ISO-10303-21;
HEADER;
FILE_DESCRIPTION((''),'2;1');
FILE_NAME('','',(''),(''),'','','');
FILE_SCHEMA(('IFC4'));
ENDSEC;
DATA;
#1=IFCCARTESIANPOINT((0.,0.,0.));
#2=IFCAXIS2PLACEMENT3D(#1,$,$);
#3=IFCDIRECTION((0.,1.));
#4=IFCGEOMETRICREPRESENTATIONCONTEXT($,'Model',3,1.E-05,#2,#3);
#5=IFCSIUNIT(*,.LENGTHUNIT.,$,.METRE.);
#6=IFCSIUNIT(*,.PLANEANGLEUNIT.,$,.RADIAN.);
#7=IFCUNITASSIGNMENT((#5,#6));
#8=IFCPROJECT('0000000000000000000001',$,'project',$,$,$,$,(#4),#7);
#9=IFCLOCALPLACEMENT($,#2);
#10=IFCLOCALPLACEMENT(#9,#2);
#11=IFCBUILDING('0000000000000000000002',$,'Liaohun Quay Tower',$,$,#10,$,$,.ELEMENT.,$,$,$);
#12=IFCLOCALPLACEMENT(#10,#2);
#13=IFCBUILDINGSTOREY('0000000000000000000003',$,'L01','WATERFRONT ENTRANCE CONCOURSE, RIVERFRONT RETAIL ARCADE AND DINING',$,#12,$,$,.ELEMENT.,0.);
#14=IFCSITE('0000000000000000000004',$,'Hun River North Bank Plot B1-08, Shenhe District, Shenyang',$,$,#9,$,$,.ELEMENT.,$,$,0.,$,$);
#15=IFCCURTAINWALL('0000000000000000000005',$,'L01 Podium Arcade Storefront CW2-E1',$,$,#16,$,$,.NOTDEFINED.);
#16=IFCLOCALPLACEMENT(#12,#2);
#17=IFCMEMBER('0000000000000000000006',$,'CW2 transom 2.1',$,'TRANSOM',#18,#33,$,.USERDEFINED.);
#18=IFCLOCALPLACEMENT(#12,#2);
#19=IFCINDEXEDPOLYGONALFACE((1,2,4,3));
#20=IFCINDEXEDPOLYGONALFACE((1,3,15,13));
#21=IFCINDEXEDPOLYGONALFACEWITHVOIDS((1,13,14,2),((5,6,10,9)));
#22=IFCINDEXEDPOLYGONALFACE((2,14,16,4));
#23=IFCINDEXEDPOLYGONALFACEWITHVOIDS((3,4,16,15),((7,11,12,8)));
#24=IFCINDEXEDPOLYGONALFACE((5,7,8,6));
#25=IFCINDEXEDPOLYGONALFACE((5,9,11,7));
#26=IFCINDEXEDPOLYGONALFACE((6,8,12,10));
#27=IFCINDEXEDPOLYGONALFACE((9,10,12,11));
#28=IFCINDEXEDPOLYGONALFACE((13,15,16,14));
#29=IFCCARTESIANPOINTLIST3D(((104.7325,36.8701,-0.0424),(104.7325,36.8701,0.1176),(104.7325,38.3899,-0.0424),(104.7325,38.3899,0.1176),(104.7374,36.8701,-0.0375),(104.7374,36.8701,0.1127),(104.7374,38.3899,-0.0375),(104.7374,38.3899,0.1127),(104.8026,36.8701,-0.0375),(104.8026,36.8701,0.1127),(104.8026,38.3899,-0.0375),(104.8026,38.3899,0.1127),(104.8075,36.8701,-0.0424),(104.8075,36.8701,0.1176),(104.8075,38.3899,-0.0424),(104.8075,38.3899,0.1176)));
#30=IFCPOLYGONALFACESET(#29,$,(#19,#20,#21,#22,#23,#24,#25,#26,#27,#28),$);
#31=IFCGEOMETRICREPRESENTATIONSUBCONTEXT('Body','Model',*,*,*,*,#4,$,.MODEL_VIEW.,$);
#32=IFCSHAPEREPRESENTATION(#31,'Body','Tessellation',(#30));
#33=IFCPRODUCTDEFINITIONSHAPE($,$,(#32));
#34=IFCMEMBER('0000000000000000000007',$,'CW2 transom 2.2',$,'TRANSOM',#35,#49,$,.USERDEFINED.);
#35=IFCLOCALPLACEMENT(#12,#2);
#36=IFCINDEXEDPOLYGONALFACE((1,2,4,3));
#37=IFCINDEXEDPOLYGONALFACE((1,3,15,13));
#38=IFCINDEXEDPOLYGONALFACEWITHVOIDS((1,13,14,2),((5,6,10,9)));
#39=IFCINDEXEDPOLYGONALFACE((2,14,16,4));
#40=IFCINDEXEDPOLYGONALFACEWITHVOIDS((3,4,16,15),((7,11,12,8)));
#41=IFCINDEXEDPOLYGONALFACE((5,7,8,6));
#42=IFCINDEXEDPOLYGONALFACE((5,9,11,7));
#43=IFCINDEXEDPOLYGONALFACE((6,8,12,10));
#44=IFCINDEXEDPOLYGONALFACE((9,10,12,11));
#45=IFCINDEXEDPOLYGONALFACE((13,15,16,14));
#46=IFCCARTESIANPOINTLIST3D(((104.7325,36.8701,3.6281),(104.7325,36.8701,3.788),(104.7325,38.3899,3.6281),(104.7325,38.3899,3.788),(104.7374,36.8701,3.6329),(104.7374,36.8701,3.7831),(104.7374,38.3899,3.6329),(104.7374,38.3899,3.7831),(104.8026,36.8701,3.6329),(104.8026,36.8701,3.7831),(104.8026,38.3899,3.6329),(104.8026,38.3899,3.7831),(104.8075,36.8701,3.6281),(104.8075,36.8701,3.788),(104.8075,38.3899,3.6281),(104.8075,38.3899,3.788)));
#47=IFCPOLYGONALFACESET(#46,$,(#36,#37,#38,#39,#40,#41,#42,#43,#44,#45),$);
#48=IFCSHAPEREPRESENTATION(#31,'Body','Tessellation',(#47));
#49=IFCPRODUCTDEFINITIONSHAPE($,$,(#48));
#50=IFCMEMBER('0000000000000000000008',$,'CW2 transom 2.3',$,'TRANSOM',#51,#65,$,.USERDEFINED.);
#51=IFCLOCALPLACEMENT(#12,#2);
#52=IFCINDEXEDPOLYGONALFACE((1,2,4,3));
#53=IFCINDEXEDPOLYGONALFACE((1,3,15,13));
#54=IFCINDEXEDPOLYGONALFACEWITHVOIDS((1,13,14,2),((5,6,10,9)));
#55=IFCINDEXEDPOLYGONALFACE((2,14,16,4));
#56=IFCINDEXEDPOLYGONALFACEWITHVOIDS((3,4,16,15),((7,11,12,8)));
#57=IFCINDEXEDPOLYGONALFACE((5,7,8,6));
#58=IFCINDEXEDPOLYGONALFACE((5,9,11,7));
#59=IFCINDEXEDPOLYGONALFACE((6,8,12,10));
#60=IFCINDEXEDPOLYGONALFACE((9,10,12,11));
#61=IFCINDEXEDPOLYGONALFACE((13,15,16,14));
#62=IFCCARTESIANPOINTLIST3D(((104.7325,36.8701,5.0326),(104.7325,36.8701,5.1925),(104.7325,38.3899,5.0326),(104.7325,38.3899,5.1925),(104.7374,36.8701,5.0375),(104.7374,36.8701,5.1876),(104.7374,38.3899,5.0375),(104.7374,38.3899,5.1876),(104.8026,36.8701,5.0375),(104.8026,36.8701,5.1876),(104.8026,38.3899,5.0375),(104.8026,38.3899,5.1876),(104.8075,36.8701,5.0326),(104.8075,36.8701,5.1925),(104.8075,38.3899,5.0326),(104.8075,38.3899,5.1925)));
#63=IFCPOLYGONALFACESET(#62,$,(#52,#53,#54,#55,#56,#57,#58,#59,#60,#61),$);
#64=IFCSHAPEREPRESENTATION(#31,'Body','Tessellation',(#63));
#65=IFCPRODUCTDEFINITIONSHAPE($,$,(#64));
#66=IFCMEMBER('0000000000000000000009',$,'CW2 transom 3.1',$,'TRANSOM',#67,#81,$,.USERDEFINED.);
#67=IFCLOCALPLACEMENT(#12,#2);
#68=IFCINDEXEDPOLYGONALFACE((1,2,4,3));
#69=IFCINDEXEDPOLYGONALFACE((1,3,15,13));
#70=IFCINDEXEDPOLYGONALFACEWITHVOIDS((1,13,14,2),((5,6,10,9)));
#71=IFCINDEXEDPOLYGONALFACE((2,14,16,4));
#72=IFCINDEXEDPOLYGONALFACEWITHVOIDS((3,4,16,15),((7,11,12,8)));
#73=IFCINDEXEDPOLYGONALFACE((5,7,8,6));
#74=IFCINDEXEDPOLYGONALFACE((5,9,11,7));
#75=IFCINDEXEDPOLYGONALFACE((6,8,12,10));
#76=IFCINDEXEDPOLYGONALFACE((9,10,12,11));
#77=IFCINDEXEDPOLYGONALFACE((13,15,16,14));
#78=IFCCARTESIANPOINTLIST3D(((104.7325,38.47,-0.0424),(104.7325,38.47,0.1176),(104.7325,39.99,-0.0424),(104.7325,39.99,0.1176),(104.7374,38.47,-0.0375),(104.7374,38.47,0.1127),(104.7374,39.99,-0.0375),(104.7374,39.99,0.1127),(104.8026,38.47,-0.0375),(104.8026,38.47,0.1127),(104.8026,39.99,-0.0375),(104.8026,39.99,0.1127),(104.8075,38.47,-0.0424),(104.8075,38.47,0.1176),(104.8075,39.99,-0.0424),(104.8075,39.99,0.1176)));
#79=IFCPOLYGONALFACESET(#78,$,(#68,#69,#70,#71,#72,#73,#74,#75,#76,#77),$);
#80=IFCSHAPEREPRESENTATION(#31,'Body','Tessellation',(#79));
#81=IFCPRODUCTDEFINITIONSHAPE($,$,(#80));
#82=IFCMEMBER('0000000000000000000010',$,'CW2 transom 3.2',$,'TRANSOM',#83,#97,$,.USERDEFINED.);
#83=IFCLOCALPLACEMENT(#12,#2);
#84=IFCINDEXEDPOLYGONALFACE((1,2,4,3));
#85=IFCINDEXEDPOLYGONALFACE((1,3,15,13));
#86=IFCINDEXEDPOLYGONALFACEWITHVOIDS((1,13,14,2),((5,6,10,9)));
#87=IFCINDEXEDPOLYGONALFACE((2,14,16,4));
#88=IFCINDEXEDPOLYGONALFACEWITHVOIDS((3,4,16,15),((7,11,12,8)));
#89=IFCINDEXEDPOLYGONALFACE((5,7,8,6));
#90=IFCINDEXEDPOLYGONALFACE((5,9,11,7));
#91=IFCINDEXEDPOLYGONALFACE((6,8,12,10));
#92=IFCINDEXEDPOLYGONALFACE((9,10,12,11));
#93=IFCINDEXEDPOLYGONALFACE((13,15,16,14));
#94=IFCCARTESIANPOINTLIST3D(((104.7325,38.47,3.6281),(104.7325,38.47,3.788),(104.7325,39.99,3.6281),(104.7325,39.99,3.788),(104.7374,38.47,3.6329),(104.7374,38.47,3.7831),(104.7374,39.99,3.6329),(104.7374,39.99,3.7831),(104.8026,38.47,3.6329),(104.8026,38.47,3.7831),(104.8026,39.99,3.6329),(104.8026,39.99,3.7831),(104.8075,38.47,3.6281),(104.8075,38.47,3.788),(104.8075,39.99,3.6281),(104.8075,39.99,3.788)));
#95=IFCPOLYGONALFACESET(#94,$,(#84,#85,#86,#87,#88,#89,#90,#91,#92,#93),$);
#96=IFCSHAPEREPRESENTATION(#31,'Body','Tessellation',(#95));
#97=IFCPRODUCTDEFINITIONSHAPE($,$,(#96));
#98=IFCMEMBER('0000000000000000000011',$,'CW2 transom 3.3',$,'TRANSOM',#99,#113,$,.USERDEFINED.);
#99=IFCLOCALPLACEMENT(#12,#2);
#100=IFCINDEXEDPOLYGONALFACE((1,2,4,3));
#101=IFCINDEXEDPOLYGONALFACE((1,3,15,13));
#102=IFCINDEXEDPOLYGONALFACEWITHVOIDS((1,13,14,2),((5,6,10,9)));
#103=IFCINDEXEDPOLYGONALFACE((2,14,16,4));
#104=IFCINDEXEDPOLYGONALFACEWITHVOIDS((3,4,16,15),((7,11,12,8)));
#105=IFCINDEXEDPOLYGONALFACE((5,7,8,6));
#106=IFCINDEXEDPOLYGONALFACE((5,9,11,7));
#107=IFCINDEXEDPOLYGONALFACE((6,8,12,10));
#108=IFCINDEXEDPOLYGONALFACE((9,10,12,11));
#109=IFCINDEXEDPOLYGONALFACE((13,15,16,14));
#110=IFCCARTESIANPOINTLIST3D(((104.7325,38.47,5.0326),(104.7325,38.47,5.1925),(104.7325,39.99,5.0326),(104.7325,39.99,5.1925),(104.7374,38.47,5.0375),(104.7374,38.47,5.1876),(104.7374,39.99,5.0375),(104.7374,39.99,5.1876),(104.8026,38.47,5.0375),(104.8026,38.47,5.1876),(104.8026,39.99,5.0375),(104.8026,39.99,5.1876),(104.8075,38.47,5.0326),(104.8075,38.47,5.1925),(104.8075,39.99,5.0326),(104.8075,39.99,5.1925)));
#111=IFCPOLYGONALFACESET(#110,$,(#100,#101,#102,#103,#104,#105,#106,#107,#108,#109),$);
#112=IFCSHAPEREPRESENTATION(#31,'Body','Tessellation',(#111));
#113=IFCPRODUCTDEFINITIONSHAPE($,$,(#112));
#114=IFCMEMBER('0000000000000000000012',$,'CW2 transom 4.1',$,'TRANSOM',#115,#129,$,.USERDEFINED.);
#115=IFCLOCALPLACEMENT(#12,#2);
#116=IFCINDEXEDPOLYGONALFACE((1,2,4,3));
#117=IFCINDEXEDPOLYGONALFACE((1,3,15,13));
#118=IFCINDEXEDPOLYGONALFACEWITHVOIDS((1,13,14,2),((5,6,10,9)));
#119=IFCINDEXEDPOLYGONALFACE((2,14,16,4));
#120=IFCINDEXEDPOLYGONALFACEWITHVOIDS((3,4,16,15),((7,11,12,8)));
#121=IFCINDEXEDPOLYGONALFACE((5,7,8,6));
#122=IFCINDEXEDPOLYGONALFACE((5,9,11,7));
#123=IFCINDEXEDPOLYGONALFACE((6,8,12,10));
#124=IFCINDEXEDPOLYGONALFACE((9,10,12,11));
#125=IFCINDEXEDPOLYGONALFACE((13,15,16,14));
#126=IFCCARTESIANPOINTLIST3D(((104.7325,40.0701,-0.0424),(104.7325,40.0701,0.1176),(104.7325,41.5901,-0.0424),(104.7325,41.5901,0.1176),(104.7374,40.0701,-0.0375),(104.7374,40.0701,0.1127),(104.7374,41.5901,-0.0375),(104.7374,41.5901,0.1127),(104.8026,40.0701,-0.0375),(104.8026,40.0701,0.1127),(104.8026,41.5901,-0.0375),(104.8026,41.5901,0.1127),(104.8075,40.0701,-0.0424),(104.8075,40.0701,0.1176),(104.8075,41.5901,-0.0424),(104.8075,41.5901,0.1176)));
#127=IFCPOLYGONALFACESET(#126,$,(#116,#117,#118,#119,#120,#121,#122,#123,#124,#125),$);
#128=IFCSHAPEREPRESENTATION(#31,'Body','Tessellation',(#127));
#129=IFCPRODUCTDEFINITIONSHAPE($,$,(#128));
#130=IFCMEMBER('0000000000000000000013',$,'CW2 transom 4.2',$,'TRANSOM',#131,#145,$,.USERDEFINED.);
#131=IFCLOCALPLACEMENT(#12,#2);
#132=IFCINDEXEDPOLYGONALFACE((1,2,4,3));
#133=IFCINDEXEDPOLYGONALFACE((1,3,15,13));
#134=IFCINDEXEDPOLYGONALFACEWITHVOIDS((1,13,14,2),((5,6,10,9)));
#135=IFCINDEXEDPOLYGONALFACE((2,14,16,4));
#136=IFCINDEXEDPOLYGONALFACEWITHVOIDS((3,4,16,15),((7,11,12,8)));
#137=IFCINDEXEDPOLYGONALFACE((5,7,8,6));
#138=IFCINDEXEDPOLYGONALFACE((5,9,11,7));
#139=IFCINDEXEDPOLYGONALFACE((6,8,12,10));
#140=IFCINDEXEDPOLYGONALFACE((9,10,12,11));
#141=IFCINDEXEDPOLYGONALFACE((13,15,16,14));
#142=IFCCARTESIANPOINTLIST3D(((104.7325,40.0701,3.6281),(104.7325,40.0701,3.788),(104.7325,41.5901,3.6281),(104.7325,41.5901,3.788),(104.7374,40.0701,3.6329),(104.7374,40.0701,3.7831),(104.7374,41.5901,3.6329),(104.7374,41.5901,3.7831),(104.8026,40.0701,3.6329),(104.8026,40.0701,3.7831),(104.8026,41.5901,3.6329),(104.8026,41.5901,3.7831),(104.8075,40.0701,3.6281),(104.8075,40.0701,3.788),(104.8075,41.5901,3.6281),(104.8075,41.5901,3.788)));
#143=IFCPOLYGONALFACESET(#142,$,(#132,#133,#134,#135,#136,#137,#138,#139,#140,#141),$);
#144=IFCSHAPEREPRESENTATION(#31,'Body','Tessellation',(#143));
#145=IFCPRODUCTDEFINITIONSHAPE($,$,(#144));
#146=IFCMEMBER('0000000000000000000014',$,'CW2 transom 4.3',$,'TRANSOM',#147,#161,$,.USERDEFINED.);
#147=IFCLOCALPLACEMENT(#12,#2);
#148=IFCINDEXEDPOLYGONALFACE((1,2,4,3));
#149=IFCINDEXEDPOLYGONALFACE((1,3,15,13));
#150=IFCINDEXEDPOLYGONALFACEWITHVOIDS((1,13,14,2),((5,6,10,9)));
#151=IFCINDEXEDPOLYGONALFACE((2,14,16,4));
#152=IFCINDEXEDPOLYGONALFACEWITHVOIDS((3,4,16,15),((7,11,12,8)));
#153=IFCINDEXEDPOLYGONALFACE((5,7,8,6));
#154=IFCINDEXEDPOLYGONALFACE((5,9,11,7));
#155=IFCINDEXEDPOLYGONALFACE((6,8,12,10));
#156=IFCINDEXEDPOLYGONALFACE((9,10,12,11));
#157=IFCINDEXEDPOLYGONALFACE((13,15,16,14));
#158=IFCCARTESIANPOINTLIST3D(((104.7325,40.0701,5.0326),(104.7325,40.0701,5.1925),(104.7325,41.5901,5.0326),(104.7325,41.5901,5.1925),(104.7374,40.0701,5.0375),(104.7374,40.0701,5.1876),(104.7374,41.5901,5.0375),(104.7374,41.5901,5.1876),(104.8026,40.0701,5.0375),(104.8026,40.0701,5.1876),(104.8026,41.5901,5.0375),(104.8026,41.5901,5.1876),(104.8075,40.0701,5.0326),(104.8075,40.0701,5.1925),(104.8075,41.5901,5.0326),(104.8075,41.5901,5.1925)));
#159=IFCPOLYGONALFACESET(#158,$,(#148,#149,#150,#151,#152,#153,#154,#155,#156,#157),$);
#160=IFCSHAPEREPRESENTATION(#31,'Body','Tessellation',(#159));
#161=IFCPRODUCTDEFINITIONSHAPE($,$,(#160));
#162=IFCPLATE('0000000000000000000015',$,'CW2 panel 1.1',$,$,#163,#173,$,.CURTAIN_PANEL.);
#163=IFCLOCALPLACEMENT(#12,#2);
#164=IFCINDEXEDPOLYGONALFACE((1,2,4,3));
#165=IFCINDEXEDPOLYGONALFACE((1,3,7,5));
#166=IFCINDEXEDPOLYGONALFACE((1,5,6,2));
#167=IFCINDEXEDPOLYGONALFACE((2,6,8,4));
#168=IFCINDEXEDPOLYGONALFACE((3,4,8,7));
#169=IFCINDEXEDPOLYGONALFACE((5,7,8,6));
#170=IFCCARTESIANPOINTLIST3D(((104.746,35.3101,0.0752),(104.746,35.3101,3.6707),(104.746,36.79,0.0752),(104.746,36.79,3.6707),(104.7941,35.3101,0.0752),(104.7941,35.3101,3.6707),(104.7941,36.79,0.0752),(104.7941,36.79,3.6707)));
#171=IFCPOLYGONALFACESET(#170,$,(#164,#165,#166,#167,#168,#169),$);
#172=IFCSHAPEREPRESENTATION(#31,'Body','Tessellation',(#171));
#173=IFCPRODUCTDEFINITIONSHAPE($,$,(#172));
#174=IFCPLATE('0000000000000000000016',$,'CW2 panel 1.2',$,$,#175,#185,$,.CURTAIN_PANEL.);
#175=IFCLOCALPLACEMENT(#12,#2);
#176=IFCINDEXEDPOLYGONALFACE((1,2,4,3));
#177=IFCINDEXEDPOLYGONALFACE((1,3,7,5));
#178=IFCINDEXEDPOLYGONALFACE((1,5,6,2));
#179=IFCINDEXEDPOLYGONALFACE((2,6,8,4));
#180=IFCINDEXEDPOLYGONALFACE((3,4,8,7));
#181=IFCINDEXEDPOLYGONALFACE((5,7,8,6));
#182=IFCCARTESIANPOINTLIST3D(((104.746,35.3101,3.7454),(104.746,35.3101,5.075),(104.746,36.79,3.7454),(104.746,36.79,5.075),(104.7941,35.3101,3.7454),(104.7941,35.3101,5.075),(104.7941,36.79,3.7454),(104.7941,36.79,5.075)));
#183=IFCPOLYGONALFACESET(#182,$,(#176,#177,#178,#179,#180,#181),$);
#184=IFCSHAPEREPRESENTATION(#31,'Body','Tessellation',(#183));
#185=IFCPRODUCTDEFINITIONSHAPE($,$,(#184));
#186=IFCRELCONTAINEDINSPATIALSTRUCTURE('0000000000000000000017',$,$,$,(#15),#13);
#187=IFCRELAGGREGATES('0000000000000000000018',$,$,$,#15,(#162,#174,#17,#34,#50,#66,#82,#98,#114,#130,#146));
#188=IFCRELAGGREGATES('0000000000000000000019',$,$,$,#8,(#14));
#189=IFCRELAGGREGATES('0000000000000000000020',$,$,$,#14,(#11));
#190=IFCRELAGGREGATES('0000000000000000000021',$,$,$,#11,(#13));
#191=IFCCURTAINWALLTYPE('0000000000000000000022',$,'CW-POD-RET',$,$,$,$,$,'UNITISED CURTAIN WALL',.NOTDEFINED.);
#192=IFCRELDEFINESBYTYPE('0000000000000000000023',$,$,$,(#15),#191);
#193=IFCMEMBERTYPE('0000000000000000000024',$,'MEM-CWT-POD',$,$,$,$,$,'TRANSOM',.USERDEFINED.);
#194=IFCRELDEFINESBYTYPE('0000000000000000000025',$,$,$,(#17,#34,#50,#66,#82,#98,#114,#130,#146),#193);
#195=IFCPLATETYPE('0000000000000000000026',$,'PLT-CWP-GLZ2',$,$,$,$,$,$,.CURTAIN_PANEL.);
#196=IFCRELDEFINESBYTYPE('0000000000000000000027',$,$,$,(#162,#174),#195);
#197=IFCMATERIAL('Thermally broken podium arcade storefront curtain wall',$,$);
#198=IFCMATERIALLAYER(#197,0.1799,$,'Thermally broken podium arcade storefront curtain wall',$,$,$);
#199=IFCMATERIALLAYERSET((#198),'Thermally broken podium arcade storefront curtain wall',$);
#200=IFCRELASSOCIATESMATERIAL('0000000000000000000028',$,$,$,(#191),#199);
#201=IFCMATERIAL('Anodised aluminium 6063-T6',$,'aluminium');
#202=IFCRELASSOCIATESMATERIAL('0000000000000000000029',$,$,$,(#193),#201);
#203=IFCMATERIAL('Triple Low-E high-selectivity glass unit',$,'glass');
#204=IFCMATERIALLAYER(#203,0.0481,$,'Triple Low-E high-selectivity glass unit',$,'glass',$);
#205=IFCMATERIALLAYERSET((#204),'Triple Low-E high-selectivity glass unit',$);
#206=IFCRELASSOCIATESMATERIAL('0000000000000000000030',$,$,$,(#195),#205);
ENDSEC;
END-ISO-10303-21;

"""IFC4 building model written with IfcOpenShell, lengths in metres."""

from ifc_helpers import new_model, si_unit, direction, frame, origin, origin_2d, place, context, subcontext, project, spatial, rectangle, hollow_rectangle, extrude, source, transform, mapped, material, layer, layer_set, material_profile, profile_set, type_object, element, aggregate, save


model = new_model("IFC4")

# Units and contexts
model_context = context("Model", 3, precision=1e-05, world=origin(), true_north=direction((0.0, 1.0)))
body_context = subcontext(model_context, "Body", "Model", "MODEL_VIEW")
ifc_project = project(units=[si_unit("LENGTHUNIT", "METRE"), si_unit("PLANEANGLEUNIT", "RADIAN")], contexts=[model_context])

# Site, building, storey
site_placement = place(None, origin())
site = spatial("IfcSite", under=ifc_project, at=site_placement, Name="Hun River North Bank Plot B1-08, Shenhe District, Shenyang", CompositionType="ELEMENT", RefElevation=0.0)
building_placement = place(site_placement, origin())
building = spatial("IfcBuilding", under=site, at=building_placement, Name="Liaohun Quay Tower", CompositionType="ELEMENT")
storey_placement = place(building_placement, origin())
storey = spatial("IfcBuildingStorey", under=building, at=storey_placement, Name="L01", Description="WATERFRONT ENTRANCE CONCOURSE, RIVERFRONT RETAIL ARCADE AND DINING", CompositionType="ELEMENT", Elevation=0.0)

# Curtain wall, members, plates
ifc_material_1 = material(Name="Thermally broken podium arcade storefront curtain wall")
ifc_layer_1 = layer(ifc_material_1, 0.1799, Name="Thermally broken podium arcade storefront curtain wall")
ifc_layer_set_1 = layer_set([ifc_layer_1], Name="Thermally broken podium arcade storefront curtain wall")
curtain_wall_type = type_object("IfcCurtainWallType", Name="CW-POD-RET", ElementType="UNITISED CURTAIN WALL", PredefinedType="NOTDEFINED", material=ifc_layer_set_1)
curtain_wall_placement = place(storey_placement, origin())
curtain_wall = element("IfcCurtainWall", 1, at=curtain_wall_placement, inside=storey, type_object=curtain_wall_type, Name="L01 Podium Arcade Storefront CW2-E1", PredefinedType="NOTDEFINED")
ifc_material_2 = material(Name="Anodised aluminium 6063-T6", Category="aluminium")
ifc_material_profile_1 = material_profile(ifc_material_2, hollow_rectangle(XDim=0.075, YDim=0.1599, WallThickness=0.0049, at=origin_2d()), Name="RHS160x75x5")
ifc_profile_set_1 = profile_set([ifc_material_profile_1], Name="Anodised aluminium 6063-T6")
member_type_1 = type_object("IfcMemberType", Name="MEM-CWT-POD", ElementType="TRANSOM", PredefinedType="USERDEFINED", material=ifc_profile_set_1)
shared_shape_1 = source(origin(), body_context, "Body", "SweptSolid", [
    extrude(hollow_rectangle(XDim=0.075, YDim=0.1599, WallThickness=0.0049, at=origin_2d()), origin(), (0.0, 0.0, 1.0), 1.5198),
])
member_1_placement = place(storey_placement, frame((104.77, 36.8701, 0.0376), z_axis=(0.0, 1.0, 0.0), x_axis=(-1.0, 0.0, 0.0)))
member_1 = element("IfcMember", 2, at=member_1_placement, type_object=member_type_1, Name="CW2 transom 2.1", ObjectType="TRANSOM", PredefinedType="USERDEFINED", context=body_context, shape_type="MappedRepresentation", body=[
    mapped(shared_shape_1, transform((0.0, 0.0, 0.0), x_axis=(1.0, 0.0, 0.0), y_axis=(0.0, 1.0, 0.0), z_axis=(0.0, 0.0, 1.0), scale=1.0)),
])
member_2_placement = place(storey_placement, frame((104.77, 36.8701, 3.708), z_axis=(0.0, 1.0, 0.0), x_axis=(-1.0, 0.0, 0.0)))
member_2 = element("IfcMember", 3, at=member_2_placement, type_object=member_type_1, Name="CW2 transom 2.2", ObjectType="TRANSOM", PredefinedType="USERDEFINED", context=body_context, shape_type="MappedRepresentation", body=[
    mapped(shared_shape_1, transform((0.0, 0.0, 0.0), x_axis=(1.0, 0.0, 0.0), y_axis=(0.0, 1.0, 0.0), z_axis=(0.0, 0.0, 1.0), scale=1.0)),
])
member_3_placement = place(storey_placement, frame((104.77, 36.8701, 5.1125), z_axis=(0.0, 1.0, 0.0), x_axis=(-1.0, 0.0, 0.0)))
member_3 = element("IfcMember", 4, at=member_3_placement, type_object=member_type_1, Name="CW2 transom 2.3", ObjectType="TRANSOM", PredefinedType="USERDEFINED", context=body_context, shape_type="MappedRepresentation", body=[
    mapped(shared_shape_1, transform((0.0, 0.0, 0.0), x_axis=(1.0, 0.0, 0.0), y_axis=(0.0, 1.0, 0.0), z_axis=(0.0, 0.0, 1.0), scale=1.0)),
])
shared_shape_2 = source(origin(), body_context, "Body", "SweptSolid", [
    extrude(hollow_rectangle(XDim=0.075, YDim=0.1599, WallThickness=0.0049, at=origin_2d()), origin(), (0.0, 0.0, 1.0), 1.52),
])
member_4_placement = place(storey_placement, frame((104.77, 38.47, 0.0376), z_axis=(0.0, 1.0, 0.0), x_axis=(-1.0, 0.0, 0.0)))
member_4 = element("IfcMember", 5, at=member_4_placement, type_object=member_type_1, Name="CW2 transom 3.1", ObjectType="TRANSOM", PredefinedType="USERDEFINED", context=body_context, shape_type="MappedRepresentation", body=[
    mapped(shared_shape_2, transform((0.0, 0.0, 0.0), x_axis=(1.0, 0.0, 0.0), y_axis=(0.0, 1.0, 0.0), z_axis=(0.0, 0.0, 1.0), scale=1.0)),
])
member_5_placement = place(storey_placement, frame((104.77, 38.47, 3.708), z_axis=(0.0, 1.0, 0.0), x_axis=(-1.0, 0.0, 0.0)))
member_5 = element("IfcMember", 6, at=member_5_placement, type_object=member_type_1, Name="CW2 transom 3.2", ObjectType="TRANSOM", PredefinedType="USERDEFINED", context=body_context, shape_type="MappedRepresentation", body=[
    mapped(shared_shape_2, transform((0.0, 0.0, 0.0), x_axis=(1.0, 0.0, 0.0), y_axis=(0.0, 1.0, 0.0), z_axis=(0.0, 0.0, 1.0), scale=1.0)),
])
member_6_placement = place(storey_placement, frame((104.77, 38.47, 5.1125), z_axis=(0.0, 1.0, 0.0), x_axis=(-1.0, 0.0, 0.0)))
member_6 = element("IfcMember", 7, at=member_6_placement, type_object=member_type_1, Name="CW2 transom 3.3", ObjectType="TRANSOM", PredefinedType="USERDEFINED", context=body_context, shape_type="MappedRepresentation", body=[
    mapped(shared_shape_2, transform((0.0, 0.0, 0.0), x_axis=(1.0, 0.0, 0.0), y_axis=(0.0, 1.0, 0.0), z_axis=(0.0, 0.0, 1.0), scale=1.0)),
])
member_7_placement = place(storey_placement, frame((104.77, 40.0701, 0.0376), z_axis=(0.0, 1.0, 0.0), x_axis=(-1.0, 0.0, 0.0)))
member_7 = element("IfcMember", 8, at=member_7_placement, type_object=member_type_1, Name="CW2 transom 4.1", ObjectType="TRANSOM", PredefinedType="USERDEFINED", context=body_context, shape_type="MappedRepresentation", body=[
    mapped(shared_shape_2, transform((0.0, 0.0, 0.0), x_axis=(1.0, 0.0, 0.0), y_axis=(0.0, 1.0, 0.0), z_axis=(0.0, 0.0, 1.0), scale=1.0)),
])
member_8_placement = place(storey_placement, frame((104.77, 40.0701, 3.708), z_axis=(0.0, 1.0, 0.0), x_axis=(-1.0, 0.0, 0.0)))
member_8 = element("IfcMember", 9, at=member_8_placement, type_object=member_type_1, Name="CW2 transom 4.2", ObjectType="TRANSOM", PredefinedType="USERDEFINED", context=body_context, shape_type="MappedRepresentation", body=[
    mapped(shared_shape_2, transform((0.0, 0.0, 0.0), x_axis=(1.0, 0.0, 0.0), y_axis=(0.0, 1.0, 0.0), z_axis=(0.0, 0.0, 1.0), scale=1.0)),
])
member_9_placement = place(storey_placement, frame((104.77, 40.0701, 5.1125), z_axis=(0.0, 1.0, 0.0), x_axis=(-1.0, 0.0, 0.0)))
member_9 = element("IfcMember", 10, at=member_9_placement, type_object=member_type_1, Name="CW2 transom 4.3", ObjectType="TRANSOM", PredefinedType="USERDEFINED", context=body_context, shape_type="MappedRepresentation", body=[
    mapped(shared_shape_2, transform((0.0, 0.0, 0.0), x_axis=(1.0, 0.0, 0.0), y_axis=(0.0, 1.0, 0.0), z_axis=(0.0, 0.0, 1.0), scale=1.0)),
])
ifc_material_3 = material(Name="Triple Low-E high-selectivity glass unit", Category="glass")
ifc_layer_2 = layer(ifc_material_3, 0.0481, Name="Triple Low-E high-selectivity glass unit", Category="glass")
ifc_layer_set_2 = layer_set([ifc_layer_2], Name="Triple Low-E high-selectivity glass unit")
plate_type = type_object("IfcPlateType", Name="PLT-CWP-GLZ2", PredefinedType="CURTAIN_PANEL", material=ifc_layer_set_2)
shared_shape_3 = source(origin(), body_context, "Body", "SweptSolid", [
    extrude(rectangle(XDim=1.48, YDim=0.0481, at=origin_2d()), origin(), (0.0, 0.0, 1.0), 3.5955),
])
plate_1_placement = place(storey_placement, frame((104.77, 36.05, 0.0752), z_axis=(0.0, 0.0, 1.0), x_axis=(0.0, 1.0, 0.0)))
plate_1 = element("IfcPlate", 11, at=plate_1_placement, type_object=plate_type, Name="CW2 panel 1.1", PredefinedType="CURTAIN_PANEL", context=body_context, shape_type="MappedRepresentation", body=[
    mapped(shared_shape_3, transform((0.0, 0.0, 0.0), x_axis=(1.0, 0.0, 0.0), y_axis=(0.0, 1.0, 0.0), z_axis=(0.0, 0.0, 1.0), scale=1.0)),
])
shared_shape_4 = source(origin(), body_context, "Body", "SweptSolid", [
    extrude(rectangle(XDim=1.48, YDim=0.0481, at=origin_2d()), origin(), (0.0, 0.0, 1.0), 1.3296),
])
plate_2_placement = place(storey_placement, frame((104.77, 36.05, 3.7454), z_axis=(0.0, 0.0, 1.0), x_axis=(0.0, 1.0, 0.0)))
plate_2 = element("IfcPlate", 12, at=plate_2_placement, type_object=plate_type, Name="CW2 panel 1.2", PredefinedType="CURTAIN_PANEL", context=body_context, shape_type="MappedRepresentation", body=[
    mapped(shared_shape_4, transform((0.0, 0.0, 0.0), x_axis=(1.0, 0.0, 0.0), y_axis=(0.0, 1.0, 0.0), z_axis=(0.0, 0.0, 1.0), scale=1.0)),
])
aggregate(curtain_wall, [plate_1, plate_2, member_1, member_2, member_3, member_4, member_5, member_6, member_7, member_8, member_9])

save(model, "model.ifc")
